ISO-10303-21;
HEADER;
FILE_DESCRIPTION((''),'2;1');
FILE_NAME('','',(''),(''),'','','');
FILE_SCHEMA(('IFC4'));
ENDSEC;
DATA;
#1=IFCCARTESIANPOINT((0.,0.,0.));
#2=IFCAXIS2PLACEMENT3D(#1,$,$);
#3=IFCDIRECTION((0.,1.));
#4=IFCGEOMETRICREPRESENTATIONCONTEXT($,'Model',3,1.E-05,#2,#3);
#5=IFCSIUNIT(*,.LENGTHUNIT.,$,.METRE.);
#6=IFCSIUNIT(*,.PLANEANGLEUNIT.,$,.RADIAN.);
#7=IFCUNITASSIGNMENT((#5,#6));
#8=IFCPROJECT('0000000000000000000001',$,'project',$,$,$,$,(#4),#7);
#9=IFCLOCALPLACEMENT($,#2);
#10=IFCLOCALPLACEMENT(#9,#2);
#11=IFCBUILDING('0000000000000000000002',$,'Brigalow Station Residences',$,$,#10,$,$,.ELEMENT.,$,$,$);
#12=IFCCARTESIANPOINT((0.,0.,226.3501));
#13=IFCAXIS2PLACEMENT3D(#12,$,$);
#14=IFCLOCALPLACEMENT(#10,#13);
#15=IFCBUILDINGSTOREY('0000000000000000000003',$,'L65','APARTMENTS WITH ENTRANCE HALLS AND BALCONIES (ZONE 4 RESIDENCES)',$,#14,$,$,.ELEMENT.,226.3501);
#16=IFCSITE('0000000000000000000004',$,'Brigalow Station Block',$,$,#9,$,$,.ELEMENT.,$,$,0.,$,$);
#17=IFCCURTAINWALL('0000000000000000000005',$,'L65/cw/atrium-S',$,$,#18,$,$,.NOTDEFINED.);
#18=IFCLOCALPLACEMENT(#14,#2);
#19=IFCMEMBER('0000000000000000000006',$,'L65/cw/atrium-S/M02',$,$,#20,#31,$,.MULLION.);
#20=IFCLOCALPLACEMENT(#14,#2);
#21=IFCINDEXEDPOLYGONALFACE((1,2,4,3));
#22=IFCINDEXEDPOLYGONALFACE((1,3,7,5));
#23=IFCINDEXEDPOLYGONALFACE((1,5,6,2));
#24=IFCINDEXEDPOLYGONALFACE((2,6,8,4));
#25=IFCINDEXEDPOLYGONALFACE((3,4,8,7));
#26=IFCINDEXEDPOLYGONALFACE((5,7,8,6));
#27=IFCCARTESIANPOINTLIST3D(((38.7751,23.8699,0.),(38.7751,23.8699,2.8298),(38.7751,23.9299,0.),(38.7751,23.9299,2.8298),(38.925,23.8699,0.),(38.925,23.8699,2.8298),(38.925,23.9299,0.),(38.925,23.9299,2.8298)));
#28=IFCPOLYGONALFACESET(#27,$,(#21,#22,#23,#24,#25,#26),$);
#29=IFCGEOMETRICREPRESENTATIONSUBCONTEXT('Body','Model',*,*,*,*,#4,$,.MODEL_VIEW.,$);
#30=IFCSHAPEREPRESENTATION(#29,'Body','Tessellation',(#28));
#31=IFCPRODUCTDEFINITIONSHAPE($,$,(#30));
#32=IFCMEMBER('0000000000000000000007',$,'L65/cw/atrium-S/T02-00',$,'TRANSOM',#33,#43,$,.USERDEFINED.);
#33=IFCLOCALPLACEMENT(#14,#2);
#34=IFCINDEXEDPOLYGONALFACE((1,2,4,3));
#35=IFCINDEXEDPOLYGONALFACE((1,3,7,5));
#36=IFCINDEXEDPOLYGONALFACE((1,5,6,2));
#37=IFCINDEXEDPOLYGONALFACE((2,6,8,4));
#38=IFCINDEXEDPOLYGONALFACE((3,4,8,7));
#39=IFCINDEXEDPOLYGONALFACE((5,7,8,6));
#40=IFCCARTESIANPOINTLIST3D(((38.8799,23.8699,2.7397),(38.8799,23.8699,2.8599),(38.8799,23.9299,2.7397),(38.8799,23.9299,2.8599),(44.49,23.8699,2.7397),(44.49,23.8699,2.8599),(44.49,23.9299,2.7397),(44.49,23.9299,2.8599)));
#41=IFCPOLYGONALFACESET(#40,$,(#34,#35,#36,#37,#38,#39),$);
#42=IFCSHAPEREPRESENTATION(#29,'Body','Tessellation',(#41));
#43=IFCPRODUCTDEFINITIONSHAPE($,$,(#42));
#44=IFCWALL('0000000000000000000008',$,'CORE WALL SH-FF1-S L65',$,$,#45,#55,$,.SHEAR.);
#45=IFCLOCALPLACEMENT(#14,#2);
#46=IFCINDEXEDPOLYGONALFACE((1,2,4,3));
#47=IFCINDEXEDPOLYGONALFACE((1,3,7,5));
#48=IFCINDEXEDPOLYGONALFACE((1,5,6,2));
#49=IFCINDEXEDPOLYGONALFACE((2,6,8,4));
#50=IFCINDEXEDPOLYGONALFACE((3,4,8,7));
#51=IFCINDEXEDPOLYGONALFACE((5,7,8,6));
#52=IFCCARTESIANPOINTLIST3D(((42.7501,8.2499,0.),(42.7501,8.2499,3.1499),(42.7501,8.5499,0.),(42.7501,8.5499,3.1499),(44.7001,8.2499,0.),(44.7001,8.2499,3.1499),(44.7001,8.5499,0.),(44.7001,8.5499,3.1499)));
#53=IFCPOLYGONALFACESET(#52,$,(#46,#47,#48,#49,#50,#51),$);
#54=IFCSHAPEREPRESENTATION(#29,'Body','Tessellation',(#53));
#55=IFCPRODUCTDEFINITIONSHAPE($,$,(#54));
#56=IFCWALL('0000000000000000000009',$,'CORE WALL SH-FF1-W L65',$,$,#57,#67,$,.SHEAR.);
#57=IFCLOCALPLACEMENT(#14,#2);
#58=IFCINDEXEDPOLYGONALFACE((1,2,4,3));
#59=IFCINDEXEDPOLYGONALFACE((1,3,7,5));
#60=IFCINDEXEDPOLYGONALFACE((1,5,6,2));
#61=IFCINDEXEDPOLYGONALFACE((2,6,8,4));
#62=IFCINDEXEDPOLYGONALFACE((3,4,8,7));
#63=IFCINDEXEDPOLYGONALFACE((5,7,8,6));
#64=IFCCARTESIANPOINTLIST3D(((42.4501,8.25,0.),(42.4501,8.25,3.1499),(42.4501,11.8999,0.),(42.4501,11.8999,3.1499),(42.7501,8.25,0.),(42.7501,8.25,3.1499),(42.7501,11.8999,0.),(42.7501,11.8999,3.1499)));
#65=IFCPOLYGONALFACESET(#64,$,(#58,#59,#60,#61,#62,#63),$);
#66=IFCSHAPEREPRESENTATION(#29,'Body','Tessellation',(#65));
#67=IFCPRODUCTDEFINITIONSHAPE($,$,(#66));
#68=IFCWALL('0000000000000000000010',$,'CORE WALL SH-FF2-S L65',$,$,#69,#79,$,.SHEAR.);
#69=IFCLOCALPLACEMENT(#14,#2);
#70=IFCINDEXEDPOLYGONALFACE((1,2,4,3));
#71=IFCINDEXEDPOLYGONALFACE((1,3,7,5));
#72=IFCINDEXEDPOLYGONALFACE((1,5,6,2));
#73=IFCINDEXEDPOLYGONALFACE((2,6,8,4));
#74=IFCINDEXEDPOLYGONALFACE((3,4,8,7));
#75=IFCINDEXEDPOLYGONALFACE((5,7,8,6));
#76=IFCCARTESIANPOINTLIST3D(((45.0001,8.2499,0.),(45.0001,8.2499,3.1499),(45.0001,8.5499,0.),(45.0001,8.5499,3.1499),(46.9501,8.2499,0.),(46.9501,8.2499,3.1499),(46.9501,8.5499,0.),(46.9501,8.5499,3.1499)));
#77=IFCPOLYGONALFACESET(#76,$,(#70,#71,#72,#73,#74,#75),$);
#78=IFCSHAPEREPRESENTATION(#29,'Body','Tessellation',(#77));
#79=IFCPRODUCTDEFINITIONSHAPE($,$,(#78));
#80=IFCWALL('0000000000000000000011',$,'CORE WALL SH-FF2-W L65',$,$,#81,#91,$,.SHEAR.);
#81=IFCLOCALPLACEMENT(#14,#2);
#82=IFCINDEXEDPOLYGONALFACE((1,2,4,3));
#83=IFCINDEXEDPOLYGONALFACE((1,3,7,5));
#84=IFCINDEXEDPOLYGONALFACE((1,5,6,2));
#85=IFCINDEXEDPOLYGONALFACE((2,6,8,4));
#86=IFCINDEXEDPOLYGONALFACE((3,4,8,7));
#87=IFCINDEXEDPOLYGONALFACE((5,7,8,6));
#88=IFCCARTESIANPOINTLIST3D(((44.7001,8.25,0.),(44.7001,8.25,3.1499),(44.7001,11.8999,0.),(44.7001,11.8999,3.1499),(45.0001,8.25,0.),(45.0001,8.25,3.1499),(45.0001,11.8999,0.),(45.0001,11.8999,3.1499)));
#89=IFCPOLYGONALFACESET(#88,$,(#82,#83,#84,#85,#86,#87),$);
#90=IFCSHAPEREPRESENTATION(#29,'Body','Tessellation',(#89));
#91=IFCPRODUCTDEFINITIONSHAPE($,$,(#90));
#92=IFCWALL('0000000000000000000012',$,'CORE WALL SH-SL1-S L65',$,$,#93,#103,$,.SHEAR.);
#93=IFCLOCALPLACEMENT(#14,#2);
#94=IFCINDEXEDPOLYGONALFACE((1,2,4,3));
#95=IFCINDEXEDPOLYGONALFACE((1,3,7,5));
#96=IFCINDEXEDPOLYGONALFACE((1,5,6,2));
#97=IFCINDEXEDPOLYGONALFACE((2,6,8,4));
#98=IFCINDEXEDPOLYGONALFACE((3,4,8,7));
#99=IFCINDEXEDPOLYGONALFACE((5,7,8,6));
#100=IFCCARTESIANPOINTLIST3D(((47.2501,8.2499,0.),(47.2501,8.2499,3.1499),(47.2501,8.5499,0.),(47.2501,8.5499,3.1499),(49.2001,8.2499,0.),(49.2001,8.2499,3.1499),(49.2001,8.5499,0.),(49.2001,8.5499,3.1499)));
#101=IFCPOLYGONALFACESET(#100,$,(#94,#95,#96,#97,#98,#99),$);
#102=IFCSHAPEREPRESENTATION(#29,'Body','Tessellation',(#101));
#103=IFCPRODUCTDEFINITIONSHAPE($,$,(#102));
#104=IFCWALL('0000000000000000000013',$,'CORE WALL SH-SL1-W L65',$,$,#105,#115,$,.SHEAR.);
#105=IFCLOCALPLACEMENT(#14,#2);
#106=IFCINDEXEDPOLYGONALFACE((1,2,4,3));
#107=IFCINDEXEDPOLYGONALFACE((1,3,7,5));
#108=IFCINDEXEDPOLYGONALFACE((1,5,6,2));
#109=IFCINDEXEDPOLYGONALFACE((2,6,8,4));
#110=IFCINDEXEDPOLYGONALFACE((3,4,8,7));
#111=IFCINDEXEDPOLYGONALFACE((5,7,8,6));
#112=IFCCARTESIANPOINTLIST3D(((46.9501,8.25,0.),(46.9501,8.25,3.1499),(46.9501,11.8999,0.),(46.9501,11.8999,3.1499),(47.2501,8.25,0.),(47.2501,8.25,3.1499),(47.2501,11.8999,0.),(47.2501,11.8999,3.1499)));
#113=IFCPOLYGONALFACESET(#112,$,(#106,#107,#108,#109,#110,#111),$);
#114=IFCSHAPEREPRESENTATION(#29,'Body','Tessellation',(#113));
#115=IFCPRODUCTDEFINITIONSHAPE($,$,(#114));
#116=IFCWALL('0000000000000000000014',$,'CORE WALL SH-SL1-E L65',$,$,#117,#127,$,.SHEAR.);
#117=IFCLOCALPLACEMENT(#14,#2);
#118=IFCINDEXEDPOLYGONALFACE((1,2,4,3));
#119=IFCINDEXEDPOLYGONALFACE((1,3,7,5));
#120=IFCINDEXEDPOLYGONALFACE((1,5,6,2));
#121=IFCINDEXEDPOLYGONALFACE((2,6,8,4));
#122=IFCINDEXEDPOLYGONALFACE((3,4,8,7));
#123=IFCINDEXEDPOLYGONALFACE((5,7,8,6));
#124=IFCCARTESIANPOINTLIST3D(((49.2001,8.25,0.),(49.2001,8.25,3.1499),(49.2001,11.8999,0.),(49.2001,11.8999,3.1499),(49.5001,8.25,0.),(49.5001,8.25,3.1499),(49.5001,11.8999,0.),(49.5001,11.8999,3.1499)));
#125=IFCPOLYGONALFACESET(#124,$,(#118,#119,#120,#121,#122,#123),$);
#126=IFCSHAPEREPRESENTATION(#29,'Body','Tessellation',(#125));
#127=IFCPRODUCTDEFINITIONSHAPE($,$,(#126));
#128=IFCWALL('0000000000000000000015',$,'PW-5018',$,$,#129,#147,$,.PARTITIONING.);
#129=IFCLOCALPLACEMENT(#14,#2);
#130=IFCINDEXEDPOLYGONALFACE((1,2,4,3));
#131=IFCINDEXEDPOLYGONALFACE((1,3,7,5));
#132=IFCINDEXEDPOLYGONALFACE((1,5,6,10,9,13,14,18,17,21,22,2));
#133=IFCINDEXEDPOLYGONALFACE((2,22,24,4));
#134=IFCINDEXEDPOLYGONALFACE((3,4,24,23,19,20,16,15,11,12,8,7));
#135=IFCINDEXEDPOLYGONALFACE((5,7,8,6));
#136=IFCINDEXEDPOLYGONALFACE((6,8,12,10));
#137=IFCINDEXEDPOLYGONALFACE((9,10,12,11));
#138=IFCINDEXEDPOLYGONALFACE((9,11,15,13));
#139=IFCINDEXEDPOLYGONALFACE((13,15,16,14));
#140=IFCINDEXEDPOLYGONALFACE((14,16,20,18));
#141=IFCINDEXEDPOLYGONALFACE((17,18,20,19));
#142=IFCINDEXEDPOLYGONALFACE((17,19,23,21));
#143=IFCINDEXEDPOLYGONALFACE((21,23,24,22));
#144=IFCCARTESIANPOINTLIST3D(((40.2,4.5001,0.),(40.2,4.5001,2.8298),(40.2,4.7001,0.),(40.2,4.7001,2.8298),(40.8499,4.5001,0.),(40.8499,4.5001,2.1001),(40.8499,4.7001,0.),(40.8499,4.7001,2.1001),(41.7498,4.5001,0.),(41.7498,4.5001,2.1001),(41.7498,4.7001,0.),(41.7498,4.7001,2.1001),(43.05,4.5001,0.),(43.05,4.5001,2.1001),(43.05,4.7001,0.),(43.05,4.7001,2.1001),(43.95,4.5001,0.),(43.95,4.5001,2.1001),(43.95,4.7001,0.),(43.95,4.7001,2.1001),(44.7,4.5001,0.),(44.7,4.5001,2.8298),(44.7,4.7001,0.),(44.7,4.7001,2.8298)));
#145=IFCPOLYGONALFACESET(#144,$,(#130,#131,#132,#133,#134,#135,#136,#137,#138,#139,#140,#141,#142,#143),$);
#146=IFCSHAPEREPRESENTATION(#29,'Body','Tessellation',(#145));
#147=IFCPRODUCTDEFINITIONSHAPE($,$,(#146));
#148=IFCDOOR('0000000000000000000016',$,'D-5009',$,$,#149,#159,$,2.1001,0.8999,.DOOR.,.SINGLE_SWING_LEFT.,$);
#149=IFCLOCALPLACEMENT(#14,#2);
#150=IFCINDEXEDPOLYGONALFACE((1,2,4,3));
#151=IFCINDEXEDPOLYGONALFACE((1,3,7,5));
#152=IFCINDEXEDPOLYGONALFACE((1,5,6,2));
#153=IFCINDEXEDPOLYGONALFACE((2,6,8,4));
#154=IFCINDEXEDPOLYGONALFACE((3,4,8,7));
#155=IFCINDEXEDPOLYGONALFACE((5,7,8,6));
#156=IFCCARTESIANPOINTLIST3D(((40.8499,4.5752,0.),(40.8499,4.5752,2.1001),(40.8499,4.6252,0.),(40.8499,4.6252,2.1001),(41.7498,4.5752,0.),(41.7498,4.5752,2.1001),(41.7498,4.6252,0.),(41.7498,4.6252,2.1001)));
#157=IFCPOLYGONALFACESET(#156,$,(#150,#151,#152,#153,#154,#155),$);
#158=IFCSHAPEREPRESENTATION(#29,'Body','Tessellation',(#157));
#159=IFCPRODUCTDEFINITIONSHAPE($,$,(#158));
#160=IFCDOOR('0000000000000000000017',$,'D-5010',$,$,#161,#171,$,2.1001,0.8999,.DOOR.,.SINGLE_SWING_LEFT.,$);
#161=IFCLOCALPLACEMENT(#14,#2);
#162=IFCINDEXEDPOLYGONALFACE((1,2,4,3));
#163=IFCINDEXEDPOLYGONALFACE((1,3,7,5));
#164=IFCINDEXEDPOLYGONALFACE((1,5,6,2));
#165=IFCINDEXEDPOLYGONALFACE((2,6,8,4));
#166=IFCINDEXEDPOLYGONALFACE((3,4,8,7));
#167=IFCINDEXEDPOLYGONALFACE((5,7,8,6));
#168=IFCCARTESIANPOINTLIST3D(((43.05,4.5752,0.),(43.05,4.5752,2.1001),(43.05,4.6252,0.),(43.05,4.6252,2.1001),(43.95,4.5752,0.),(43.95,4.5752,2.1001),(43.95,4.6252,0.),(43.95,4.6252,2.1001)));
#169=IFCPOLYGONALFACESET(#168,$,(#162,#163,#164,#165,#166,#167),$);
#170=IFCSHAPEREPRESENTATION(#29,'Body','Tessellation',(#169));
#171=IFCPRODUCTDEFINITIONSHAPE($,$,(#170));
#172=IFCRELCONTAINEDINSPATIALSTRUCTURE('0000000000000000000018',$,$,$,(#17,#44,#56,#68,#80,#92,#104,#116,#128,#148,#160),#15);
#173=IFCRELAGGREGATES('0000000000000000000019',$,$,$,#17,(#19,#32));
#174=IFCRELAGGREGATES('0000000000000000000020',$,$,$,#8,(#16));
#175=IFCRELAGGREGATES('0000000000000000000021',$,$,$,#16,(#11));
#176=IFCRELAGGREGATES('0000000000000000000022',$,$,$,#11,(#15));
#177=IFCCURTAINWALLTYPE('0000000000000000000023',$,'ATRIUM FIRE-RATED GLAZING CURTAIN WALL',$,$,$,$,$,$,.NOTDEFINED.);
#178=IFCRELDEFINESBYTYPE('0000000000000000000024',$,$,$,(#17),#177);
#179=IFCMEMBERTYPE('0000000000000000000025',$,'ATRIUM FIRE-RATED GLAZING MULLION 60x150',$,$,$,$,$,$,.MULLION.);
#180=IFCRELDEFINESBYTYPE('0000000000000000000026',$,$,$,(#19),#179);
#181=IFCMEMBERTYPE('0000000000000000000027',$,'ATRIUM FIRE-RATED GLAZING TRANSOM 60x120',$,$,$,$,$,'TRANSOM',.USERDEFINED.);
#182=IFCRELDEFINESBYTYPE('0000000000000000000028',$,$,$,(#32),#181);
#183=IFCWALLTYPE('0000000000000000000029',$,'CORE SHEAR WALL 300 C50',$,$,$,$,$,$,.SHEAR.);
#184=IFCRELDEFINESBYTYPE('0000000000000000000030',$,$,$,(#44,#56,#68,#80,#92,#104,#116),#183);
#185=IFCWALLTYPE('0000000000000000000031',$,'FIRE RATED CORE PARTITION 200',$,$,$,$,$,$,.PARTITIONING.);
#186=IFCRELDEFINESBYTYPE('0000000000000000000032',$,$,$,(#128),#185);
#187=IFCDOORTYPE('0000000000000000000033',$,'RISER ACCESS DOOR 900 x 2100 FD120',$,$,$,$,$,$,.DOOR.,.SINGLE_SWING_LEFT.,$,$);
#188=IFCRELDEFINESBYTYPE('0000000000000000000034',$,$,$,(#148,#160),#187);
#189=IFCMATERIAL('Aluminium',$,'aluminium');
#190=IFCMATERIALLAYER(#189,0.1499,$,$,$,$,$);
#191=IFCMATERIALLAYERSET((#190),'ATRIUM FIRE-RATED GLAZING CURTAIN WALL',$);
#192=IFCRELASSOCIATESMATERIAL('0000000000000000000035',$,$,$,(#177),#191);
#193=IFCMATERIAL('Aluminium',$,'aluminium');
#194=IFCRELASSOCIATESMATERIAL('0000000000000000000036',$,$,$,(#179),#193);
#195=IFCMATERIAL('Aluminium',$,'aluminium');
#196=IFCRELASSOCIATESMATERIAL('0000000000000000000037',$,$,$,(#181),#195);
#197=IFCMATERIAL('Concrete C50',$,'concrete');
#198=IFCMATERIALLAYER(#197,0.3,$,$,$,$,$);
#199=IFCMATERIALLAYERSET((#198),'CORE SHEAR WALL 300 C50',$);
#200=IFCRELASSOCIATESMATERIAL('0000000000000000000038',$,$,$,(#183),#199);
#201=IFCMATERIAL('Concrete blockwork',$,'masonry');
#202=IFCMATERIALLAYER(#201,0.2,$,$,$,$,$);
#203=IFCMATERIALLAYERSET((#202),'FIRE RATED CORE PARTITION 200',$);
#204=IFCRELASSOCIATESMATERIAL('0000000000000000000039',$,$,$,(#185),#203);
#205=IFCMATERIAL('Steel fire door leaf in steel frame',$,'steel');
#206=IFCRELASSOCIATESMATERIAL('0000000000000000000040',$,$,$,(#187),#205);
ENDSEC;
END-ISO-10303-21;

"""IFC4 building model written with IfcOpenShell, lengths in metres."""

from ifc_helpers import new_model, si_unit, direction, frame, frame_2d, origin, origin_2d, place, context, subcontext, project, spatial, rectangle, extrude, material, layer, layer_set, material_profile, profile_set, type_object, element, fill, aggregate, save


model = new_model("IFC4")

# Units and contexts
model_context = context("Model", 3, precision=1e-05, world=origin(), true_north=direction((0.0, 1.0)))
body_context = subcontext(model_context, "Body", "Model", "MODEL_VIEW")
ifc_project = project(units=[si_unit("LENGTHUNIT", "METRE"), si_unit("PLANEANGLEUNIT", "RADIAN")], contexts=[model_context])

# Site, building, storey
site_placement = place(None, origin())
site = spatial("IfcSite", under=ifc_project, at=site_placement, Name="Brigalow Station Block", CompositionType="ELEMENT", RefElevation=0.0)
building_placement = place(site_placement, origin())
building = spatial("IfcBuilding", under=site, at=building_placement, Name="Brigalow Station Residences", CompositionType="ELEMENT")
storey_placement = place(building_placement, frame((0.0, 0.0, 226.3501)))
storey = spatial("IfcBuildingStorey", under=building, at=storey_placement, Name="L65", Description="APARTMENTS WITH ENTRANCE HALLS AND BALCONIES (ZONE 4 RESIDENCES)", CompositionType="ELEMENT", Elevation=226.3501)

# Curtain wall, members
ifc_material_1 = material(Name="Aluminium", Category="aluminium")
ifc_layer_1 = layer(ifc_material_1, 0.1499)
ifc_layer_set_1 = layer_set([ifc_layer_1], Name="ATRIUM FIRE-RATED GLAZING CURTAIN WALL")
curtain_wall_type = type_object("IfcCurtainWallType", Name="ATRIUM FIRE-RATED GLAZING CURTAIN WALL", PredefinedType="NOTDEFINED", material=ifc_layer_set_1)
curtain_wall_placement = place(storey_placement, origin())
curtain_wall = element("IfcCurtainWall", 1, at=curtain_wall_placement, inside=storey, type_object=curtain_wall_type, Name="L65/cw/atrium-S", PredefinedType="NOTDEFINED")
ifc_material_2 = material(Name="Aluminium", Category="aluminium")
ifc_material_profile_1 = material_profile(ifc_material_2, rectangle(XDim=0.0601, YDim=0.1499, at=origin_2d()), Name="ATRIUM FIRE-RATED GLAZING MULLION 60x150")
ifc_profile_set_1 = profile_set([ifc_material_profile_1], Name="Aluminium")
member_type_1 = type_object("IfcMemberType", Name="ATRIUM FIRE-RATED GLAZING MULLION 60x150", PredefinedType="MULLION", material=ifc_profile_set_1)
member_1_placement = place(storey_placement, frame((38.8501, 23.8999, 0.0), z_axis=(0.0, 0.0, 1.0), x_axis=(0.0, 1.0, 0.0)))
member_1 = element("IfcMember", 2, at=member_1_placement, type_object=member_type_1, Name="L65/cw/atrium-S/M02", PredefinedType="MULLION", context=body_context, shape_type="SweptSolid", body=[
    extrude(rectangle(XDim=0.0601, YDim=0.1499, at=origin_2d()), origin(), (0.0, 0.0, 1.0), 2.8298),
])
ifc_material_3 = material(Name="Aluminium", Category="aluminium")
ifc_material_profile_2 = material_profile(ifc_material_3, rectangle(XDim=0.0601, YDim=0.1201, at=origin_2d()), Name="ATRIUM FIRE-RATED GLAZING TRANSOM 60x120")
ifc_profile_set_2 = profile_set([ifc_material_profile_2], Name="Aluminium")
member_type_2 = type_object("IfcMemberType", Name="ATRIUM FIRE-RATED GLAZING TRANSOM 60x120", ElementType="TRANSOM", PredefinedType="USERDEFINED", material=ifc_profile_set_2)
member_2_placement = place(storey_placement, frame((38.8799, 23.8999, 2.7998), z_axis=(1.0, 0.0, 0.0), x_axis=(0.0, 1.0, 0.0)))
member_2 = element("IfcMember", 3, at=member_2_placement, type_object=member_type_2, Name="L65/cw/atrium-S/T02-00", ObjectType="TRANSOM", PredefinedType="USERDEFINED", context=body_context, shape_type="SweptSolid", body=[
    extrude(rectangle(XDim=0.0601, YDim=0.1201, at=origin_2d()), origin(), (0.0, 0.0, 1.0), 5.6101),
])
aggregate(curtain_wall, [member_1, member_2])

# Walls
ifc_material_4 = material(Name="Concrete C50", Category="concrete")
ifc_layer_2 = layer(ifc_material_4, 0.3)
ifc_layer_set_2 = layer_set([ifc_layer_2], Name="CORE SHEAR WALL 300 C50")
wall_type_1 = type_object("IfcWallType", Name="CORE SHEAR WALL 300 C50", PredefinedType="SHEAR", material=ifc_layer_set_2)
wall_1_placement = place(storey_placement, frame((42.75, 8.3999, 0.0), z_axis=(0.0, 0.0, 1.0), x_axis=(1.0, 0.0, 0.0)))
element("IfcWall", 4, at=wall_1_placement, inside=storey, type_object=wall_type_1, Name="CORE WALL SH-FF1-S L65", PredefinedType="SHEAR", context=body_context, shape_type="SweptSolid", body=[
    extrude(rectangle(XDim=1.95, YDim=0.3, at=frame_2d((0.9751, 0.0))), origin(), (0.0, 0.0, 1.0), 3.1499),
])
wall_2_placement = place(storey_placement, frame((42.6001, 8.25, 0.0), z_axis=(0.0, 0.0, 1.0), x_axis=(0.0, 1.0, 0.0)))
element("IfcWall", 5, at=wall_2_placement, inside=storey, type_object=wall_type_1, Name="CORE WALL SH-FF1-W L65", PredefinedType="SHEAR", context=body_context, shape_type="SweptSolid", body=[
    extrude(rectangle(XDim=3.6499, YDim=0.3, at=frame_2d((1.825, 0.0))), origin(), (0.0, 0.0, 1.0), 3.1499),
])
wall_3_placement = place(storey_placement, frame((45.0, 8.3999, 0.0), z_axis=(0.0, 0.0, 1.0), x_axis=(1.0, 0.0, 0.0)))
element("IfcWall", 6, at=wall_3_placement, inside=storey, type_object=wall_type_1, Name="CORE WALL SH-FF2-S L65", PredefinedType="SHEAR", context=body_context, shape_type="SweptSolid", body=[
    extrude(rectangle(XDim=1.95, YDim=0.3, at=frame_2d((0.9751, 0.0))), origin(), (0.0, 0.0, 1.0), 3.1499),
])
wall_4_placement = place(storey_placement, frame((44.8501, 8.25, 0.0), z_axis=(0.0, 0.0, 1.0), x_axis=(0.0, 1.0, 0.0)))
element("IfcWall", 7, at=wall_4_placement, inside=storey, type_object=wall_type_1, Name="CORE WALL SH-FF2-W L65", PredefinedType="SHEAR", context=body_context, shape_type="SweptSolid", body=[
    extrude(rectangle(XDim=3.6499, YDim=0.3, at=frame_2d((1.825, 0.0))), origin(), (0.0, 0.0, 1.0), 3.1499),
])
wall_5_placement = place(storey_placement, frame((47.25, 8.3999, 0.0), z_axis=(0.0, 0.0, 1.0), x_axis=(1.0, 0.0, 0.0)))
element("IfcWall", 8, at=wall_5_placement, inside=storey, type_object=wall_type_1, Name="CORE WALL SH-SL1-S L65", PredefinedType="SHEAR", context=body_context, shape_type="SweptSolid", body=[
    extrude(rectangle(XDim=1.95, YDim=0.3, at=frame_2d((0.9751, 0.0))), origin(), (0.0, 0.0, 1.0), 3.1499),
])
for number, where, z_axis, x_axis, name in (
    (9, (47.1001, 8.25, 0.0), (0.0, 0.0, 1.0), (0.0, 1.0, 0.0), "CORE WALL SH-SL1-W L65"),
    (10, (49.3501, 8.25, 0.0), (0.0, 0.0, 1.0), (0.0, 1.0, 0.0), "CORE WALL SH-SL1-E L65"),
):
    element("IfcWall", number, at=place(storey_placement, frame(where, z_axis=z_axis, x_axis=x_axis)), inside=storey, type_object=wall_type_1, Name=name, PredefinedType="SHEAR", context=body_context, shape_type="SweptSolid", body=[
        extrude(rectangle(XDim=3.6499, YDim=0.3, at=frame_2d((1.825, 0.0))), origin(), (0.0, 0.0, 1.0), 3.1499),
    ])

# Wall, openings, doors
ifc_material_5 = material(Name="Concrete blockwork", Category="masonry")
ifc_layer_3 = layer(ifc_material_5, 0.2)
ifc_layer_set_3 = layer_set([ifc_layer_3], Name="FIRE RATED CORE PARTITION 200")
wall_type_2 = type_object("IfcWallType", Name="FIRE RATED CORE PARTITION 200", PredefinedType="PARTITIONING", material=ifc_layer_set_3)
wall_6_placement = place(storey_placement, frame((40.2, 4.6001, 0.0), z_axis=(0.0, 0.0, 1.0), x_axis=(1.0, 0.0, 0.0)))
wall_6 = element("IfcWall", 11, at=wall_6_placement, inside=storey, type_object=wall_type_2, Name="PW-5018", PredefinedType="PARTITIONING", context=body_context, shape_type="SweptSolid", body=[
    extrude(rectangle(XDim=4.5, YDim=0.2, at=frame_2d((2.25, 0.0))), origin(), (0.0, 0.0, 1.0), 2.8298),
])
opening_1_placement = place(wall_6_placement, frame((0.6499, 0.0, 0.0)))
opening_1 = element("IfcOpeningElement", 12, at=opening_1_placement, cuts=wall_6, PredefinedType="OPENING", context=body_context, shape_type="SweptSolid", body=[
    extrude(rectangle(XDim=0.8999, YDim=2.1001, at=frame_2d((0.45, 1.05))), frame((0.0, 0.1099, 0.0), z_axis=(0.0, -1.0, 0.0), x_axis=(1.0, 0.0, 0.0)), (0.0, 0.0, 1.0), 0.22),
])
opening_2_placement = place(wall_6_placement, frame((2.8501, 0.0, 0.0)))
opening_2 = element("IfcOpeningElement", 13, at=opening_2_placement, cuts=wall_6, PredefinedType="OPENING", context=body_context, shape_type="SweptSolid", body=[
    extrude(rectangle(XDim=0.8999, YDim=2.1001, at=frame_2d((0.45, 1.05))), frame((0.0, 0.1099, 0.0), z_axis=(0.0, -1.0, 0.0), x_axis=(1.0, 0.0, 0.0)), (0.0, 0.0, 1.0), 0.22),
])
ifc_material_6 = material(Name="Steel fire door leaf in steel frame", Category="steel")
door_type_1 = type_object("IfcDoorType", Name="RISER ACCESS DOOR 900 x 2100 FD120", OperationType="SINGLE_SWING_LEFT", PredefinedType="DOOR", material=ifc_material_6)
door_1_placement = place(opening_1_placement, frame((0.8999, 0.0, 0.0), z_axis=(0.0, 0.0, 1.0), x_axis=(-1.0, 0.0, 0.0)))
door_1 = element("IfcDoor", 14, at=door_1_placement, inside=storey, type_object=door_type_1, Name="D-5009", OperationType="SINGLE_SWING_LEFT", OverallHeight=2.1001, OverallWidth=0.8999, PredefinedType="DOOR", context=body_context, shape_type="SweptSolid", body=[
    extrude(rectangle(XDim=0.8999, YDim=2.1001, at=frame_2d((0.45, 1.05))), frame((0.0, 0.0249, 0.0), z_axis=(0.0, -1.0, 0.0), x_axis=(1.0, 0.0, 0.0)), (0.0, 0.0, 1.0), 0.05),
])
fill(opening_1, door_1)
door_2_placement = place(opening_2_placement, frame((0.8999, 0.0, 0.0), z_axis=(0.0, 0.0, 1.0), x_axis=(-1.0, 0.0, 0.0)))
door_2 = element("IfcDoor", 15, at=door_2_placement, inside=storey, type_object=door_type_1, Name="D-5010", OperationType="SINGLE_SWING_LEFT", OverallHeight=2.1001, OverallWidth=0.8999, PredefinedType="DOOR", context=body_context, shape_type="SweptSolid", body=[
    extrude(rectangle(XDim=0.8999, YDim=2.1001, at=frame_2d((0.45, 1.05))), frame((0.0, 0.0249, 0.0), z_axis=(0.0, -1.0, 0.0), x_axis=(1.0, 0.0, 0.0)), (0.0, 0.0, 1.0), 0.05),
])
fill(opening_2, door_2)

save(model, "model.ifc")
